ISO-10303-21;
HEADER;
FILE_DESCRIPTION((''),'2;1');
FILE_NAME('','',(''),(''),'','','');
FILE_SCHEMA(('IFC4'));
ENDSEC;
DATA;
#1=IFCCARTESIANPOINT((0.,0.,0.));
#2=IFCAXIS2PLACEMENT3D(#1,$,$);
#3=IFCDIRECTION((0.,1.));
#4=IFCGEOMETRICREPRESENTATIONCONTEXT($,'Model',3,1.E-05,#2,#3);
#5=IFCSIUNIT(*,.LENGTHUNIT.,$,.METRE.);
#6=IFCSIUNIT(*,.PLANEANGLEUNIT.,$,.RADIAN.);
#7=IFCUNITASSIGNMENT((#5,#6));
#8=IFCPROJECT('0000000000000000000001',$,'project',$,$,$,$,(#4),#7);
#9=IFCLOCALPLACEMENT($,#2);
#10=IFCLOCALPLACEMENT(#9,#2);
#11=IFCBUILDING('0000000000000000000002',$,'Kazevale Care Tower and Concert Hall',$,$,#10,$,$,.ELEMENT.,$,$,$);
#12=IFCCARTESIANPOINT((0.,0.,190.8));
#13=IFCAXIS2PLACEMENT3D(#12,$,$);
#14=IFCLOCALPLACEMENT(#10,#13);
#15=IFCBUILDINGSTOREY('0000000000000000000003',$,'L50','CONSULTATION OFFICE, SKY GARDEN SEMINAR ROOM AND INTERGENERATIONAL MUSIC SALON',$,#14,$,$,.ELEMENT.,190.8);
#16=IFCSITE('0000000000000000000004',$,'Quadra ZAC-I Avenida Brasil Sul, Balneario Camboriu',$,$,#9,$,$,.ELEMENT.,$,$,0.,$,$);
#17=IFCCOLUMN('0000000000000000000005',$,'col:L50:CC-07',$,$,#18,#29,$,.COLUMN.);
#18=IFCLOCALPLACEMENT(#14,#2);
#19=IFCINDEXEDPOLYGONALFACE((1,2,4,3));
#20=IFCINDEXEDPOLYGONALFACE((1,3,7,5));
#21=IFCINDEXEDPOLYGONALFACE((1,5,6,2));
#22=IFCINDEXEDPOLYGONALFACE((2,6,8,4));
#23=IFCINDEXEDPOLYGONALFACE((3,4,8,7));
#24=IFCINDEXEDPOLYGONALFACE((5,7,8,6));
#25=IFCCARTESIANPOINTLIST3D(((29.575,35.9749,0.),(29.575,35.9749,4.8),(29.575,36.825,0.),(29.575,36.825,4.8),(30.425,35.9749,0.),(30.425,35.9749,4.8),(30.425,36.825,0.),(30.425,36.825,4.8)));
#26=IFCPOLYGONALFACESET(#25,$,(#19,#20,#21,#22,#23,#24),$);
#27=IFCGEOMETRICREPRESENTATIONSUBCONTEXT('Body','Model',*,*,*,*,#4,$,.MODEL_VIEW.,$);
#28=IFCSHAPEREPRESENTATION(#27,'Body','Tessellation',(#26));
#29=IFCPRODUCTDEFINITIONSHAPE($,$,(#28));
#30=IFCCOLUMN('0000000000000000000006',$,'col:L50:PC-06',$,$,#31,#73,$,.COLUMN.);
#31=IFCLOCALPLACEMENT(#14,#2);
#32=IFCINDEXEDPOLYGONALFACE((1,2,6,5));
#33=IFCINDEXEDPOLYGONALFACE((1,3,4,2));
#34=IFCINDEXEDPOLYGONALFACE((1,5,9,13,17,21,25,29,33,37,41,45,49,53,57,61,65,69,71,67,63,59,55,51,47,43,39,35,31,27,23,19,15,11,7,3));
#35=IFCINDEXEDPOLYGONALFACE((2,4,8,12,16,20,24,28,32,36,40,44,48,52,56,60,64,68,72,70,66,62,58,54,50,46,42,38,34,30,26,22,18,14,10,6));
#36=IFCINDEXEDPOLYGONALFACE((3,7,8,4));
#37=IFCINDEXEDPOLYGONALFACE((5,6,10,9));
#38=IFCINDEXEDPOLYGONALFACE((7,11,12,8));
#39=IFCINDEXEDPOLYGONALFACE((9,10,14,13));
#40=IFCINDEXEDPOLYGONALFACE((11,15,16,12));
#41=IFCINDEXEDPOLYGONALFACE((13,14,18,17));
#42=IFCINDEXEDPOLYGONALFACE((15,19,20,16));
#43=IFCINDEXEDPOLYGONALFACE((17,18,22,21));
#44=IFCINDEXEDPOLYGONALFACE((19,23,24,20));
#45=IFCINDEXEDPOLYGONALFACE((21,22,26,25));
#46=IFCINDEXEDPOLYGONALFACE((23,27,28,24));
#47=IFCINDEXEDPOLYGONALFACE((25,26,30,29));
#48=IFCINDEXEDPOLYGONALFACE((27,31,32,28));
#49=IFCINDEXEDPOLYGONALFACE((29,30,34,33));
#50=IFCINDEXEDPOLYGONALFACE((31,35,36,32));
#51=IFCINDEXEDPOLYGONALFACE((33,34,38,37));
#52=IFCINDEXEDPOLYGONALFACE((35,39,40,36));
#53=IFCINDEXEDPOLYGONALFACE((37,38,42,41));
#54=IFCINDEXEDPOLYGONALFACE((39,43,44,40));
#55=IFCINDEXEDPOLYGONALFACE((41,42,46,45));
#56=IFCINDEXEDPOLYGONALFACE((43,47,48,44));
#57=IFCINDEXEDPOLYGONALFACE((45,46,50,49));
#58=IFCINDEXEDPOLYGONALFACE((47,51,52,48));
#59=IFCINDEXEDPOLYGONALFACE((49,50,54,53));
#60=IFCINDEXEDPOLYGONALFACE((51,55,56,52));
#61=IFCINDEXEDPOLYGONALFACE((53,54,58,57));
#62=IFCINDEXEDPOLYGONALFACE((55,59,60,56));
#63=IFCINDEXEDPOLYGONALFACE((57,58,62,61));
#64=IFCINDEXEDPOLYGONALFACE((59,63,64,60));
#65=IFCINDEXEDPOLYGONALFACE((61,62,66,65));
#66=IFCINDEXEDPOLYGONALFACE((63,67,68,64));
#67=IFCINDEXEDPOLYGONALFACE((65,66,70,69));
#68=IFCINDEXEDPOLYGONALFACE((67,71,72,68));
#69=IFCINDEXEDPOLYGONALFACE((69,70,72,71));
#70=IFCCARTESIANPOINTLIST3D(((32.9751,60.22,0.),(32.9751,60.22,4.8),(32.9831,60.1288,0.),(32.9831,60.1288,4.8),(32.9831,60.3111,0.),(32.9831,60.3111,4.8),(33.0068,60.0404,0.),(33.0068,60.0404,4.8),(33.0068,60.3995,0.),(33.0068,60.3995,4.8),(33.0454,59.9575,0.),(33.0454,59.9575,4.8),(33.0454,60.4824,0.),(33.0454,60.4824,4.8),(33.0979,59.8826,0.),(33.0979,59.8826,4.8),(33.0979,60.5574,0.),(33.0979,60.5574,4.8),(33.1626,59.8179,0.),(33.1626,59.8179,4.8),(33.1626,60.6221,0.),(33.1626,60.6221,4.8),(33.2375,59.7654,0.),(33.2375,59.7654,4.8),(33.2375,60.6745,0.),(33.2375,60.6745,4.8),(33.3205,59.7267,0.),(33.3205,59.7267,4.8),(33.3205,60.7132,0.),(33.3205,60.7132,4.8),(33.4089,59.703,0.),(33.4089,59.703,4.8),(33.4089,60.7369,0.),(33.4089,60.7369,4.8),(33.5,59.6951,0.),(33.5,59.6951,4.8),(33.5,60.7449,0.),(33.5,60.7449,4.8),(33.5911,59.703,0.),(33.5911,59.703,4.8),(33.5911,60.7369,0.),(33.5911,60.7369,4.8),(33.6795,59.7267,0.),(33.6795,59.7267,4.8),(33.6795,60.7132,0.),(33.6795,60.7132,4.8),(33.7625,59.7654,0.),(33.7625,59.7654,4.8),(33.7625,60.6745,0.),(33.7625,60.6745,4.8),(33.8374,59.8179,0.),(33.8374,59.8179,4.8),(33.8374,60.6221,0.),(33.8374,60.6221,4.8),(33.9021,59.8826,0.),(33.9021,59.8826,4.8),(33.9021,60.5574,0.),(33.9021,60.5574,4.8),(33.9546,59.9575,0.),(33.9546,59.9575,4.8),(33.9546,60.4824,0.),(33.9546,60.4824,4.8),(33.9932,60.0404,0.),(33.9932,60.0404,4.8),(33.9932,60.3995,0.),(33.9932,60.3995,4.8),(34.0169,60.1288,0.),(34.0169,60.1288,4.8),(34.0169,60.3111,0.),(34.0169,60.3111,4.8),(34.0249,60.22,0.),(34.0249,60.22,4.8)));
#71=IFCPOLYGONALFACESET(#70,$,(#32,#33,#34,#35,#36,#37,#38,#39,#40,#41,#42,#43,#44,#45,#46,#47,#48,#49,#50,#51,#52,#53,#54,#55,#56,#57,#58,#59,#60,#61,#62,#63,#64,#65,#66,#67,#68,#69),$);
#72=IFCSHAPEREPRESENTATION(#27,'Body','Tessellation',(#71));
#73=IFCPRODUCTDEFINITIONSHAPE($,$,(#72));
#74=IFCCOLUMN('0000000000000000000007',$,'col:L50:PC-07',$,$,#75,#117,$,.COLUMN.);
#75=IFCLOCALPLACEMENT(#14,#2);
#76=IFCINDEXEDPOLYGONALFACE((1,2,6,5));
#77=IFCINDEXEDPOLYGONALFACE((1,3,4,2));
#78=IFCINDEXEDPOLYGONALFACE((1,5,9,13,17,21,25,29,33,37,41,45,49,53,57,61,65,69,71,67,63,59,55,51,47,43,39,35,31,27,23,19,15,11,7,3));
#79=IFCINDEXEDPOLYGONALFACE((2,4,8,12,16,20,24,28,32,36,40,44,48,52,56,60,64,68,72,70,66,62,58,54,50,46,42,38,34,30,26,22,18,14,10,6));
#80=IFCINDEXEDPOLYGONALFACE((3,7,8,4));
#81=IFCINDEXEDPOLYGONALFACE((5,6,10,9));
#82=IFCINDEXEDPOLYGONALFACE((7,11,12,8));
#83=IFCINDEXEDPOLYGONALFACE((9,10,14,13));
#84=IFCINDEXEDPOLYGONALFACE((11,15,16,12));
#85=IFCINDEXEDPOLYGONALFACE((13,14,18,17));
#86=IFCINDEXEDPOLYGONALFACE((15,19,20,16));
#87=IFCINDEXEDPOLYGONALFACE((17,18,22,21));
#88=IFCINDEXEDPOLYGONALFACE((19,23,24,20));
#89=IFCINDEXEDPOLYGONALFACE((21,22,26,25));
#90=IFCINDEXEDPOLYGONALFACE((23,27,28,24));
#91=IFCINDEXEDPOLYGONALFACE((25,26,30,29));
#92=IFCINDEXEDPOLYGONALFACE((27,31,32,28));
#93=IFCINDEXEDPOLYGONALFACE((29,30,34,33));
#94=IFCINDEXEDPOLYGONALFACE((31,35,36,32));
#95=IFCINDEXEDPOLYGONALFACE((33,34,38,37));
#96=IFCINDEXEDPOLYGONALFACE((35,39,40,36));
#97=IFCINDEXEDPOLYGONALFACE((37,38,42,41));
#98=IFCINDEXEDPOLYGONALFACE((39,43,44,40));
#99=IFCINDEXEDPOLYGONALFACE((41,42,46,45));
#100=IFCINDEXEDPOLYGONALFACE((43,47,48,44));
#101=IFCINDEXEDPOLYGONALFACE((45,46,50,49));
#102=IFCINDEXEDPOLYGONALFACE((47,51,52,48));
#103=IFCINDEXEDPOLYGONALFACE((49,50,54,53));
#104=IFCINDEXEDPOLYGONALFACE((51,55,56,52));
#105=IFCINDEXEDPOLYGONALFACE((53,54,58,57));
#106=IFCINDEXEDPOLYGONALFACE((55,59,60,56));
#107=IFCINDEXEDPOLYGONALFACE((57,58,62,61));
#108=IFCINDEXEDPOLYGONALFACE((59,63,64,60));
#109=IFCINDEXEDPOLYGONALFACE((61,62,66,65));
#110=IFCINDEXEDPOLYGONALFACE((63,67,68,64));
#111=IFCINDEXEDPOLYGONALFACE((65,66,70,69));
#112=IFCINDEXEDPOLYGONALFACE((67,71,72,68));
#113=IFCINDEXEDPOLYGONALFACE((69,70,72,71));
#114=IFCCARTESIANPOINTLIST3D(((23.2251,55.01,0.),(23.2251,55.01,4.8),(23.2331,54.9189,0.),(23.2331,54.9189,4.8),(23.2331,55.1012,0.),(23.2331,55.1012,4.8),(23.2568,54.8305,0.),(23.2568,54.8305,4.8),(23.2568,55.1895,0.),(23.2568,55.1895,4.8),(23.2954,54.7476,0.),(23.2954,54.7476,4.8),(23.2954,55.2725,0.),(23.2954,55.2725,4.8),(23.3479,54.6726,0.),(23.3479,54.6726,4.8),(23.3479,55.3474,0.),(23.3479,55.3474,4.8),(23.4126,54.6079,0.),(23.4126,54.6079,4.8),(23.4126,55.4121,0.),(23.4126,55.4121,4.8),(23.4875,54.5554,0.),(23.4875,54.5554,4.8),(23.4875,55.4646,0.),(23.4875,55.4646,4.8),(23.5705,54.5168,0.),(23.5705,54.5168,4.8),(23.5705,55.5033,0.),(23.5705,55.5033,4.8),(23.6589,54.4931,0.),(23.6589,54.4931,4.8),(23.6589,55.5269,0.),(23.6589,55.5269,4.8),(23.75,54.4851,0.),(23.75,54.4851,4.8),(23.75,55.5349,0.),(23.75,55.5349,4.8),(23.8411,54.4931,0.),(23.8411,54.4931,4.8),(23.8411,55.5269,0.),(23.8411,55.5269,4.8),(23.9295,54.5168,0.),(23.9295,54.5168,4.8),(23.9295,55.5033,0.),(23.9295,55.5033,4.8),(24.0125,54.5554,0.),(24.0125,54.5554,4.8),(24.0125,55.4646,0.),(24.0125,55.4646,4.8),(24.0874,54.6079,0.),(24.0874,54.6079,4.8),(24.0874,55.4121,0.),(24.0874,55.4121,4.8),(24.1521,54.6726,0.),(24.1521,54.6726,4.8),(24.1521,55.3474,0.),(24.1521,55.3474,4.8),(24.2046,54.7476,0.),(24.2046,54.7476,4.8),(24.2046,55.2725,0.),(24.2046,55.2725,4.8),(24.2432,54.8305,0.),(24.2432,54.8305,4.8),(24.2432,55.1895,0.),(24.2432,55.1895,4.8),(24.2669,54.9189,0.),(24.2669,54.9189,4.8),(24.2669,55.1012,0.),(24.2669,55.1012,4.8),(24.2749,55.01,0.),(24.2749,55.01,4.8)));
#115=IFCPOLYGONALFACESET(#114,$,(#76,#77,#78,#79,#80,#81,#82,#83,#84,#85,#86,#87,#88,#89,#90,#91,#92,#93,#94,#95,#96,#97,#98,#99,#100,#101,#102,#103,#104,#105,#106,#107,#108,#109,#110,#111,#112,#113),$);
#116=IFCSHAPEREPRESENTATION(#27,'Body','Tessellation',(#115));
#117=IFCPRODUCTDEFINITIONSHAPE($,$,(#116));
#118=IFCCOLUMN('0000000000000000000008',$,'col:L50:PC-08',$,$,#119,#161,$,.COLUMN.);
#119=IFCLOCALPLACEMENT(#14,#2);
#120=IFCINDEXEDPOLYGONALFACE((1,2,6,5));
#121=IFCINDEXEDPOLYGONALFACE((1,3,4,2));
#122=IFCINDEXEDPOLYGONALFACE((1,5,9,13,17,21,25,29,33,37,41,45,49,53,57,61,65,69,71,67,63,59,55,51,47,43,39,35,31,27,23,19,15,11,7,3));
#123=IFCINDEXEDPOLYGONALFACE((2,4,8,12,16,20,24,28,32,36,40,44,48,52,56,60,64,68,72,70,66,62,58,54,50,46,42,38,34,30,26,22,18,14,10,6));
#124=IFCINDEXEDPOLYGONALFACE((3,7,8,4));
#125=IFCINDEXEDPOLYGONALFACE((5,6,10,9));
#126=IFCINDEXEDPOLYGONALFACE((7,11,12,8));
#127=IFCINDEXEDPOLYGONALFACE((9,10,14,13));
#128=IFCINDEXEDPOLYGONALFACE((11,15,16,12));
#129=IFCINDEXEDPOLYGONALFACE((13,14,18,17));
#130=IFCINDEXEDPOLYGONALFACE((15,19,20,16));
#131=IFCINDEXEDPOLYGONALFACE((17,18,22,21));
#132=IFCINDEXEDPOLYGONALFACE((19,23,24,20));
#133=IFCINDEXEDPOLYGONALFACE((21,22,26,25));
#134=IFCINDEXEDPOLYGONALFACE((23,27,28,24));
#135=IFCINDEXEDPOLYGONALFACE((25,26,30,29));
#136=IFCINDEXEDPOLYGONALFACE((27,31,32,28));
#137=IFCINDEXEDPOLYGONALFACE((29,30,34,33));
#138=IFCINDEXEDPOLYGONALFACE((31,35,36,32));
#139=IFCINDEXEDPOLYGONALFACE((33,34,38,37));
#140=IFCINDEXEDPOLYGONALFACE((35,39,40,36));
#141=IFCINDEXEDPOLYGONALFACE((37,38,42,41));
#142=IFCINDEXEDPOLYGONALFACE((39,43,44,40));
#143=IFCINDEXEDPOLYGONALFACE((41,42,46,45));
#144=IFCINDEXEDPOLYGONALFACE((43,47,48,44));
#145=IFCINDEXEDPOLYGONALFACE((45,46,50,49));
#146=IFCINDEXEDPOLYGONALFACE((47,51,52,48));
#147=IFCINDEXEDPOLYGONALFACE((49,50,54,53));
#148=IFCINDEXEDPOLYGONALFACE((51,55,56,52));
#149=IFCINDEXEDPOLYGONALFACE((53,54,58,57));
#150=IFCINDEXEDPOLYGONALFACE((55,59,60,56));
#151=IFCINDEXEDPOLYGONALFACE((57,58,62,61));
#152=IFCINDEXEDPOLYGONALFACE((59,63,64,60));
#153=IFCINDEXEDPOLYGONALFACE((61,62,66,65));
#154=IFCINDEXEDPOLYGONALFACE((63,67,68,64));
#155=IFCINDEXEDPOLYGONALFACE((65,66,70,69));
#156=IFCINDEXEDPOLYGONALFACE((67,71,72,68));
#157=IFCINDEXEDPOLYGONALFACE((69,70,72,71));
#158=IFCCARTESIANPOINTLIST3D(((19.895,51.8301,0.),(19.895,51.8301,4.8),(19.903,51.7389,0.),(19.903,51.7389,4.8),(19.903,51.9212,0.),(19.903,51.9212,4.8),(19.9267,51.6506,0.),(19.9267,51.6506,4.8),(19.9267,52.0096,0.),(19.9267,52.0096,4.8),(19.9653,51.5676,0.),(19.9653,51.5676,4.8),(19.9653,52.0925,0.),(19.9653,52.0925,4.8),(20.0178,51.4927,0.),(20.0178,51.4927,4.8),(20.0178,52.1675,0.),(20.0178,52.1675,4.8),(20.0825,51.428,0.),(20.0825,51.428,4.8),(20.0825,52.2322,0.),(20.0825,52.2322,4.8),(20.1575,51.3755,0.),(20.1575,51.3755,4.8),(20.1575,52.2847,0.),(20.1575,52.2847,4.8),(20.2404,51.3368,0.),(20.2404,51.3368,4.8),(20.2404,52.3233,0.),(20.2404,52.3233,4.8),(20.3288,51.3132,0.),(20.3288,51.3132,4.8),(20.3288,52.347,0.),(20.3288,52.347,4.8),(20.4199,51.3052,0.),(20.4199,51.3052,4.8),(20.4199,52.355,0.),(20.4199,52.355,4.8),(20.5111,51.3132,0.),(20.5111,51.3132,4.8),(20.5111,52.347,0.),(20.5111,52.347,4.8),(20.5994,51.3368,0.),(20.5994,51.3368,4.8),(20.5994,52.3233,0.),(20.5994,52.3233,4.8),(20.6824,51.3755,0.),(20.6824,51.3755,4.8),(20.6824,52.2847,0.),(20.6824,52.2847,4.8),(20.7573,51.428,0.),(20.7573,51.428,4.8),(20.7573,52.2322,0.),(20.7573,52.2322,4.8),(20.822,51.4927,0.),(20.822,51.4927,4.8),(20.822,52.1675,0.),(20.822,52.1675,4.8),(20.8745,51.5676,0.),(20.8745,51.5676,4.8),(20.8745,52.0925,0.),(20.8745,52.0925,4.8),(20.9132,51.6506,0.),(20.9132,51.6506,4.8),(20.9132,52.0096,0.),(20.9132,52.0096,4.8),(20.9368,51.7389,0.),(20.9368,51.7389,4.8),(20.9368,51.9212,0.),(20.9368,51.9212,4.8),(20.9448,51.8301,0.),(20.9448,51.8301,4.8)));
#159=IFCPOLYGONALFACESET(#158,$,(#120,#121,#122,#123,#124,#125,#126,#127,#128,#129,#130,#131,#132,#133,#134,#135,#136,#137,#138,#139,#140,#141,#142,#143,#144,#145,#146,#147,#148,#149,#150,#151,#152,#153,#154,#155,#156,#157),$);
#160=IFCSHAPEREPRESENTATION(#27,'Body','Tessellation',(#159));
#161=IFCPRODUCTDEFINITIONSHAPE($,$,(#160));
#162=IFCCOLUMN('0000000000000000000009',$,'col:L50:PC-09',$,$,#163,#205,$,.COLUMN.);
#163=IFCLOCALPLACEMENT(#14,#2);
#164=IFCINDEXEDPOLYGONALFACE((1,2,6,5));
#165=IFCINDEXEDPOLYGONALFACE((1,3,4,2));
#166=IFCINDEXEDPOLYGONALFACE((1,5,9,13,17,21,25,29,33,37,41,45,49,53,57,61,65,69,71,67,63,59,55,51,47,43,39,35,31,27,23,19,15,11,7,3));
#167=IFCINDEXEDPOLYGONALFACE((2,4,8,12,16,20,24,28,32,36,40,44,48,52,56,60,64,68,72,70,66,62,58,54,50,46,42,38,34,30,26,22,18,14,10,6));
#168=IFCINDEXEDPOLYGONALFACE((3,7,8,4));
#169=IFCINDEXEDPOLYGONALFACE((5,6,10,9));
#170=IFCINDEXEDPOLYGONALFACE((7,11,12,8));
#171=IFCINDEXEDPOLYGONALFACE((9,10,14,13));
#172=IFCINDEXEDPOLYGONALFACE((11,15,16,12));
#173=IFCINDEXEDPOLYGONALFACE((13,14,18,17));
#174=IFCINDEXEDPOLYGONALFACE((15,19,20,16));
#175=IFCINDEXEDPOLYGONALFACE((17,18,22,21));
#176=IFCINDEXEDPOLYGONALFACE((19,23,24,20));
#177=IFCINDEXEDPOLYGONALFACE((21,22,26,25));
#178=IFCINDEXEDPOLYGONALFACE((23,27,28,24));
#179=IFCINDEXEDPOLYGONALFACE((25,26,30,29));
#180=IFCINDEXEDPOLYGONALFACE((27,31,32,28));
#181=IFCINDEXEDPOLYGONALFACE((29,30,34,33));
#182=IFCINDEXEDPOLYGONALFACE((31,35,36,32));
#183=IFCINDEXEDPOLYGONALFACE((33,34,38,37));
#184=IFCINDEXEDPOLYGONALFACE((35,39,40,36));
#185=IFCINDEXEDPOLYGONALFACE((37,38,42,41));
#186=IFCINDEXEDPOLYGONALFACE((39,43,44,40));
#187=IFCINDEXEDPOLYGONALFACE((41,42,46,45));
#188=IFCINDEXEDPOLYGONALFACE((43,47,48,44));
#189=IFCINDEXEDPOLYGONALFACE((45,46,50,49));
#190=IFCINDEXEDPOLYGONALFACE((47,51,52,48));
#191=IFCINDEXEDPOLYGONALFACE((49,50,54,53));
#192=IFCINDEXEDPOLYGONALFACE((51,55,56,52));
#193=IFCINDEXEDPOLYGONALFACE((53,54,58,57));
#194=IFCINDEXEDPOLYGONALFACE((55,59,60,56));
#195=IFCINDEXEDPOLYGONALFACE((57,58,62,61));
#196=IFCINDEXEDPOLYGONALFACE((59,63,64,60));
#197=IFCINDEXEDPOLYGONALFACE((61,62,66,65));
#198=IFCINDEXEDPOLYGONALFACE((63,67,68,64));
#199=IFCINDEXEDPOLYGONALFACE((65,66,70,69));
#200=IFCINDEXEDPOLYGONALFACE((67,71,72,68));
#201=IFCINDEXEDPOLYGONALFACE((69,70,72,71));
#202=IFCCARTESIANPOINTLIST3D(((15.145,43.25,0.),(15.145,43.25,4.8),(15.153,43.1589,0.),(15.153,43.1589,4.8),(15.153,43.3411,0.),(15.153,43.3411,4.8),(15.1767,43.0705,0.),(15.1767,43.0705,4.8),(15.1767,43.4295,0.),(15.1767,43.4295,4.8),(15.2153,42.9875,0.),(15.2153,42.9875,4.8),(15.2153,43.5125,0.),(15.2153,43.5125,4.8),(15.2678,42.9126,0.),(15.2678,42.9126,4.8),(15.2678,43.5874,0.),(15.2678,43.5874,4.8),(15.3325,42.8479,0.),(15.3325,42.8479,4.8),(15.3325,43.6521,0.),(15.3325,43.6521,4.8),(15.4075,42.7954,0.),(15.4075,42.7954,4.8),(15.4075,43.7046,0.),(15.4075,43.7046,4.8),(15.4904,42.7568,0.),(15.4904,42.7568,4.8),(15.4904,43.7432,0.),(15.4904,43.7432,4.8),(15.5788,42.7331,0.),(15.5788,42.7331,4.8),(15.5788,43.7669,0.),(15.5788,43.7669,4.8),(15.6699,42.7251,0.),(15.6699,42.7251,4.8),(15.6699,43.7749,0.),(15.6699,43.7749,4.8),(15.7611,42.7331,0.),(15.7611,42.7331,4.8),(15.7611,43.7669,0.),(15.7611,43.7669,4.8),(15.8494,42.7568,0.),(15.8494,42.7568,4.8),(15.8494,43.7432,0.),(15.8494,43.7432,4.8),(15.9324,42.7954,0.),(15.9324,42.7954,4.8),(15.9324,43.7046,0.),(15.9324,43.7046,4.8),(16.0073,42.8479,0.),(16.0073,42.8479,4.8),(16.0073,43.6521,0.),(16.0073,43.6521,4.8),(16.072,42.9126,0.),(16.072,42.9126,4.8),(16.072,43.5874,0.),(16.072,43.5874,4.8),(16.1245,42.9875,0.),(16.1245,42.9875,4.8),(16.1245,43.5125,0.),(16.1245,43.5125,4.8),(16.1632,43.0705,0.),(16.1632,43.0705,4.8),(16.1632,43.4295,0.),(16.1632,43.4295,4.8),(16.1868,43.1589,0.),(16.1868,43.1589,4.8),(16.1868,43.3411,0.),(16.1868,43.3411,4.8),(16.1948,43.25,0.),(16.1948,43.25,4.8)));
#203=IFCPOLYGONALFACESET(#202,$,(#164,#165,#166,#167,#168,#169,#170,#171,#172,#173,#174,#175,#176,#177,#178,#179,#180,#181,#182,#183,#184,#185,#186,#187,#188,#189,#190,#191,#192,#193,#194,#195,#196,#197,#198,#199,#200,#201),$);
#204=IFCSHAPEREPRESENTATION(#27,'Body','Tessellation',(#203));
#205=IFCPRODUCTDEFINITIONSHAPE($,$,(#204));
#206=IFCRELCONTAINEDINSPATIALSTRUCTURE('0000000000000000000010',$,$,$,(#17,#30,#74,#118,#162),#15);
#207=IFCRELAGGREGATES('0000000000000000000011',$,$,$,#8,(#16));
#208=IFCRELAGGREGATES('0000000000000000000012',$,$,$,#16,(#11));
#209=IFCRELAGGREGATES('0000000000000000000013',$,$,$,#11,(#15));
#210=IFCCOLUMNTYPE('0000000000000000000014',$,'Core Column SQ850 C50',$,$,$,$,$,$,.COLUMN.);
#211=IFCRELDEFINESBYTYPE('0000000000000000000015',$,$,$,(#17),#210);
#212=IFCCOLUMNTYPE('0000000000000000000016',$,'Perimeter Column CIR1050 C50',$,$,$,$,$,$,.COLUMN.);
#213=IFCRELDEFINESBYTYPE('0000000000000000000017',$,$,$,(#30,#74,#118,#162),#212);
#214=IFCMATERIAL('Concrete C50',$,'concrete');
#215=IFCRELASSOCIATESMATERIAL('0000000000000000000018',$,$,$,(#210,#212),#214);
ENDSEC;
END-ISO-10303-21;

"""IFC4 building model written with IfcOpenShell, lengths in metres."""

from ifc_helpers import new_model, si_unit, direction, frame, origin, origin_2d, place, context, subcontext, project, spatial, rectangle, circle, extrude, material, material_profile, profile_set, type_object, element, save


model = new_model("IFC4")

# Units and contexts
model_context = context("Model", 3, precision=1e-05, world=origin(), true_north=direction((0.0, 1.0)))
body_context = subcontext(model_context, "Body", "Model", "MODEL_VIEW")
ifc_project = project(units=[si_unit("LENGTHUNIT", "METRE"), si_unit("PLANEANGLEUNIT", "RADIAN")], contexts=[model_context])

# Site, building, storey
site_placement = place(None, origin())
site = spatial("IfcSite", under=ifc_project, at=site_placement, Name="Quadra ZAC-I Avenida Brasil Sul, Balneario Camboriu", CompositionType="ELEMENT", RefElevation=0.0)
building_placement = place(site_placement, origin())
building = spatial("IfcBuilding", under=site, at=building_placement, Name="Kazevale Care Tower and Concert Hall", CompositionType="ELEMENT")
storey_placement = place(building_placement, frame((0.0, 0.0, 190.8)))
storey = spatial("IfcBuildingStorey", under=building, at=storey_placement, Name="L50", Description="CONSULTATION OFFICE, SKY GARDEN SEMINAR ROOM AND INTERGENERATIONAL MUSIC SALON", CompositionType="ELEMENT", Elevation=190.8)

# Columns
ifc_material_1 = material(Name="Concrete C50", Category="concrete")
ifc_material_profile_1 = material_profile(ifc_material_1, rectangle(XDim=0.8501, YDim=0.8501, at=origin_2d()), Name="RC-SQ850")
ifc_profile_set_1 = profile_set([ifc_material_profile_1], Name="Concrete C50")
column_type_1 = type_object("IfcColumnType", Name="Core Column SQ850 C50", PredefinedType="COLUMN", material=ifc_profile_set_1)
column_placement = place(storey_placement, frame((30.0, 36.3999, 0.0), z_axis=(0.0, 0.0, 1.0), x_axis=(1.0, 0.0, 0.0)))
element("IfcColumn", 1, at=column_placement, inside=storey, type_object=column_type_1, Name="col:L50:CC-07", PredefinedType="COLUMN", context=body_context, shape_type="SweptSolid", body=[
    extrude(rectangle(XDim=0.8501, YDim=0.8501, at=origin_2d()), origin(), (0.0, 0.0, 1.0), 4.8),
])
ifc_material_profile_2 = material_profile(ifc_material_1, circle(Radius=0.5249, at=origin_2d()), Name="RC-CIR1050")
ifc_profile_set_2 = profile_set([ifc_material_profile_2], Name="Concrete C50")
column_type_2 = type_object("IfcColumnType", Name="Perimeter Column CIR1050 C50", PredefinedType="COLUMN", material=ifc_profile_set_2)
for number, where, z_axis, x_axis, name in (
    (2, (33.5, 60.22, 0.0), (0.0, 0.0, 1.0), (1.0, 0.0, 0.0), "col:L50:PC-06"),
    (3, (23.75, 55.01, 0.0), (0.0, 0.0, 1.0), (1.0, 0.0, 0.0), "col:L50:PC-07"),
    (4, (20.4199, 51.8301, 0.0), (0.0, 0.0, 1.0), (1.0, 0.0, 0.0), "col:L50:PC-08"),
    (5, (15.6699, 43.25, 0.0), (0.0, 0.0, 1.0), (1.0, 0.0, 0.0), "col:L50:PC-09"),
):
    element("IfcColumn", number, at=place(storey_placement, frame(where, z_axis=z_axis, x_axis=x_axis)), inside=storey, type_object=column_type_2, Name=name, PredefinedType="COLUMN", context=body_context, shape_type="SweptSolid", body=[
        extrude(circle(Radius=0.5249, at=origin_2d()), origin(), (0.0, 0.0, 1.0), 4.8),
    ])

save(model, "model.ifc")
